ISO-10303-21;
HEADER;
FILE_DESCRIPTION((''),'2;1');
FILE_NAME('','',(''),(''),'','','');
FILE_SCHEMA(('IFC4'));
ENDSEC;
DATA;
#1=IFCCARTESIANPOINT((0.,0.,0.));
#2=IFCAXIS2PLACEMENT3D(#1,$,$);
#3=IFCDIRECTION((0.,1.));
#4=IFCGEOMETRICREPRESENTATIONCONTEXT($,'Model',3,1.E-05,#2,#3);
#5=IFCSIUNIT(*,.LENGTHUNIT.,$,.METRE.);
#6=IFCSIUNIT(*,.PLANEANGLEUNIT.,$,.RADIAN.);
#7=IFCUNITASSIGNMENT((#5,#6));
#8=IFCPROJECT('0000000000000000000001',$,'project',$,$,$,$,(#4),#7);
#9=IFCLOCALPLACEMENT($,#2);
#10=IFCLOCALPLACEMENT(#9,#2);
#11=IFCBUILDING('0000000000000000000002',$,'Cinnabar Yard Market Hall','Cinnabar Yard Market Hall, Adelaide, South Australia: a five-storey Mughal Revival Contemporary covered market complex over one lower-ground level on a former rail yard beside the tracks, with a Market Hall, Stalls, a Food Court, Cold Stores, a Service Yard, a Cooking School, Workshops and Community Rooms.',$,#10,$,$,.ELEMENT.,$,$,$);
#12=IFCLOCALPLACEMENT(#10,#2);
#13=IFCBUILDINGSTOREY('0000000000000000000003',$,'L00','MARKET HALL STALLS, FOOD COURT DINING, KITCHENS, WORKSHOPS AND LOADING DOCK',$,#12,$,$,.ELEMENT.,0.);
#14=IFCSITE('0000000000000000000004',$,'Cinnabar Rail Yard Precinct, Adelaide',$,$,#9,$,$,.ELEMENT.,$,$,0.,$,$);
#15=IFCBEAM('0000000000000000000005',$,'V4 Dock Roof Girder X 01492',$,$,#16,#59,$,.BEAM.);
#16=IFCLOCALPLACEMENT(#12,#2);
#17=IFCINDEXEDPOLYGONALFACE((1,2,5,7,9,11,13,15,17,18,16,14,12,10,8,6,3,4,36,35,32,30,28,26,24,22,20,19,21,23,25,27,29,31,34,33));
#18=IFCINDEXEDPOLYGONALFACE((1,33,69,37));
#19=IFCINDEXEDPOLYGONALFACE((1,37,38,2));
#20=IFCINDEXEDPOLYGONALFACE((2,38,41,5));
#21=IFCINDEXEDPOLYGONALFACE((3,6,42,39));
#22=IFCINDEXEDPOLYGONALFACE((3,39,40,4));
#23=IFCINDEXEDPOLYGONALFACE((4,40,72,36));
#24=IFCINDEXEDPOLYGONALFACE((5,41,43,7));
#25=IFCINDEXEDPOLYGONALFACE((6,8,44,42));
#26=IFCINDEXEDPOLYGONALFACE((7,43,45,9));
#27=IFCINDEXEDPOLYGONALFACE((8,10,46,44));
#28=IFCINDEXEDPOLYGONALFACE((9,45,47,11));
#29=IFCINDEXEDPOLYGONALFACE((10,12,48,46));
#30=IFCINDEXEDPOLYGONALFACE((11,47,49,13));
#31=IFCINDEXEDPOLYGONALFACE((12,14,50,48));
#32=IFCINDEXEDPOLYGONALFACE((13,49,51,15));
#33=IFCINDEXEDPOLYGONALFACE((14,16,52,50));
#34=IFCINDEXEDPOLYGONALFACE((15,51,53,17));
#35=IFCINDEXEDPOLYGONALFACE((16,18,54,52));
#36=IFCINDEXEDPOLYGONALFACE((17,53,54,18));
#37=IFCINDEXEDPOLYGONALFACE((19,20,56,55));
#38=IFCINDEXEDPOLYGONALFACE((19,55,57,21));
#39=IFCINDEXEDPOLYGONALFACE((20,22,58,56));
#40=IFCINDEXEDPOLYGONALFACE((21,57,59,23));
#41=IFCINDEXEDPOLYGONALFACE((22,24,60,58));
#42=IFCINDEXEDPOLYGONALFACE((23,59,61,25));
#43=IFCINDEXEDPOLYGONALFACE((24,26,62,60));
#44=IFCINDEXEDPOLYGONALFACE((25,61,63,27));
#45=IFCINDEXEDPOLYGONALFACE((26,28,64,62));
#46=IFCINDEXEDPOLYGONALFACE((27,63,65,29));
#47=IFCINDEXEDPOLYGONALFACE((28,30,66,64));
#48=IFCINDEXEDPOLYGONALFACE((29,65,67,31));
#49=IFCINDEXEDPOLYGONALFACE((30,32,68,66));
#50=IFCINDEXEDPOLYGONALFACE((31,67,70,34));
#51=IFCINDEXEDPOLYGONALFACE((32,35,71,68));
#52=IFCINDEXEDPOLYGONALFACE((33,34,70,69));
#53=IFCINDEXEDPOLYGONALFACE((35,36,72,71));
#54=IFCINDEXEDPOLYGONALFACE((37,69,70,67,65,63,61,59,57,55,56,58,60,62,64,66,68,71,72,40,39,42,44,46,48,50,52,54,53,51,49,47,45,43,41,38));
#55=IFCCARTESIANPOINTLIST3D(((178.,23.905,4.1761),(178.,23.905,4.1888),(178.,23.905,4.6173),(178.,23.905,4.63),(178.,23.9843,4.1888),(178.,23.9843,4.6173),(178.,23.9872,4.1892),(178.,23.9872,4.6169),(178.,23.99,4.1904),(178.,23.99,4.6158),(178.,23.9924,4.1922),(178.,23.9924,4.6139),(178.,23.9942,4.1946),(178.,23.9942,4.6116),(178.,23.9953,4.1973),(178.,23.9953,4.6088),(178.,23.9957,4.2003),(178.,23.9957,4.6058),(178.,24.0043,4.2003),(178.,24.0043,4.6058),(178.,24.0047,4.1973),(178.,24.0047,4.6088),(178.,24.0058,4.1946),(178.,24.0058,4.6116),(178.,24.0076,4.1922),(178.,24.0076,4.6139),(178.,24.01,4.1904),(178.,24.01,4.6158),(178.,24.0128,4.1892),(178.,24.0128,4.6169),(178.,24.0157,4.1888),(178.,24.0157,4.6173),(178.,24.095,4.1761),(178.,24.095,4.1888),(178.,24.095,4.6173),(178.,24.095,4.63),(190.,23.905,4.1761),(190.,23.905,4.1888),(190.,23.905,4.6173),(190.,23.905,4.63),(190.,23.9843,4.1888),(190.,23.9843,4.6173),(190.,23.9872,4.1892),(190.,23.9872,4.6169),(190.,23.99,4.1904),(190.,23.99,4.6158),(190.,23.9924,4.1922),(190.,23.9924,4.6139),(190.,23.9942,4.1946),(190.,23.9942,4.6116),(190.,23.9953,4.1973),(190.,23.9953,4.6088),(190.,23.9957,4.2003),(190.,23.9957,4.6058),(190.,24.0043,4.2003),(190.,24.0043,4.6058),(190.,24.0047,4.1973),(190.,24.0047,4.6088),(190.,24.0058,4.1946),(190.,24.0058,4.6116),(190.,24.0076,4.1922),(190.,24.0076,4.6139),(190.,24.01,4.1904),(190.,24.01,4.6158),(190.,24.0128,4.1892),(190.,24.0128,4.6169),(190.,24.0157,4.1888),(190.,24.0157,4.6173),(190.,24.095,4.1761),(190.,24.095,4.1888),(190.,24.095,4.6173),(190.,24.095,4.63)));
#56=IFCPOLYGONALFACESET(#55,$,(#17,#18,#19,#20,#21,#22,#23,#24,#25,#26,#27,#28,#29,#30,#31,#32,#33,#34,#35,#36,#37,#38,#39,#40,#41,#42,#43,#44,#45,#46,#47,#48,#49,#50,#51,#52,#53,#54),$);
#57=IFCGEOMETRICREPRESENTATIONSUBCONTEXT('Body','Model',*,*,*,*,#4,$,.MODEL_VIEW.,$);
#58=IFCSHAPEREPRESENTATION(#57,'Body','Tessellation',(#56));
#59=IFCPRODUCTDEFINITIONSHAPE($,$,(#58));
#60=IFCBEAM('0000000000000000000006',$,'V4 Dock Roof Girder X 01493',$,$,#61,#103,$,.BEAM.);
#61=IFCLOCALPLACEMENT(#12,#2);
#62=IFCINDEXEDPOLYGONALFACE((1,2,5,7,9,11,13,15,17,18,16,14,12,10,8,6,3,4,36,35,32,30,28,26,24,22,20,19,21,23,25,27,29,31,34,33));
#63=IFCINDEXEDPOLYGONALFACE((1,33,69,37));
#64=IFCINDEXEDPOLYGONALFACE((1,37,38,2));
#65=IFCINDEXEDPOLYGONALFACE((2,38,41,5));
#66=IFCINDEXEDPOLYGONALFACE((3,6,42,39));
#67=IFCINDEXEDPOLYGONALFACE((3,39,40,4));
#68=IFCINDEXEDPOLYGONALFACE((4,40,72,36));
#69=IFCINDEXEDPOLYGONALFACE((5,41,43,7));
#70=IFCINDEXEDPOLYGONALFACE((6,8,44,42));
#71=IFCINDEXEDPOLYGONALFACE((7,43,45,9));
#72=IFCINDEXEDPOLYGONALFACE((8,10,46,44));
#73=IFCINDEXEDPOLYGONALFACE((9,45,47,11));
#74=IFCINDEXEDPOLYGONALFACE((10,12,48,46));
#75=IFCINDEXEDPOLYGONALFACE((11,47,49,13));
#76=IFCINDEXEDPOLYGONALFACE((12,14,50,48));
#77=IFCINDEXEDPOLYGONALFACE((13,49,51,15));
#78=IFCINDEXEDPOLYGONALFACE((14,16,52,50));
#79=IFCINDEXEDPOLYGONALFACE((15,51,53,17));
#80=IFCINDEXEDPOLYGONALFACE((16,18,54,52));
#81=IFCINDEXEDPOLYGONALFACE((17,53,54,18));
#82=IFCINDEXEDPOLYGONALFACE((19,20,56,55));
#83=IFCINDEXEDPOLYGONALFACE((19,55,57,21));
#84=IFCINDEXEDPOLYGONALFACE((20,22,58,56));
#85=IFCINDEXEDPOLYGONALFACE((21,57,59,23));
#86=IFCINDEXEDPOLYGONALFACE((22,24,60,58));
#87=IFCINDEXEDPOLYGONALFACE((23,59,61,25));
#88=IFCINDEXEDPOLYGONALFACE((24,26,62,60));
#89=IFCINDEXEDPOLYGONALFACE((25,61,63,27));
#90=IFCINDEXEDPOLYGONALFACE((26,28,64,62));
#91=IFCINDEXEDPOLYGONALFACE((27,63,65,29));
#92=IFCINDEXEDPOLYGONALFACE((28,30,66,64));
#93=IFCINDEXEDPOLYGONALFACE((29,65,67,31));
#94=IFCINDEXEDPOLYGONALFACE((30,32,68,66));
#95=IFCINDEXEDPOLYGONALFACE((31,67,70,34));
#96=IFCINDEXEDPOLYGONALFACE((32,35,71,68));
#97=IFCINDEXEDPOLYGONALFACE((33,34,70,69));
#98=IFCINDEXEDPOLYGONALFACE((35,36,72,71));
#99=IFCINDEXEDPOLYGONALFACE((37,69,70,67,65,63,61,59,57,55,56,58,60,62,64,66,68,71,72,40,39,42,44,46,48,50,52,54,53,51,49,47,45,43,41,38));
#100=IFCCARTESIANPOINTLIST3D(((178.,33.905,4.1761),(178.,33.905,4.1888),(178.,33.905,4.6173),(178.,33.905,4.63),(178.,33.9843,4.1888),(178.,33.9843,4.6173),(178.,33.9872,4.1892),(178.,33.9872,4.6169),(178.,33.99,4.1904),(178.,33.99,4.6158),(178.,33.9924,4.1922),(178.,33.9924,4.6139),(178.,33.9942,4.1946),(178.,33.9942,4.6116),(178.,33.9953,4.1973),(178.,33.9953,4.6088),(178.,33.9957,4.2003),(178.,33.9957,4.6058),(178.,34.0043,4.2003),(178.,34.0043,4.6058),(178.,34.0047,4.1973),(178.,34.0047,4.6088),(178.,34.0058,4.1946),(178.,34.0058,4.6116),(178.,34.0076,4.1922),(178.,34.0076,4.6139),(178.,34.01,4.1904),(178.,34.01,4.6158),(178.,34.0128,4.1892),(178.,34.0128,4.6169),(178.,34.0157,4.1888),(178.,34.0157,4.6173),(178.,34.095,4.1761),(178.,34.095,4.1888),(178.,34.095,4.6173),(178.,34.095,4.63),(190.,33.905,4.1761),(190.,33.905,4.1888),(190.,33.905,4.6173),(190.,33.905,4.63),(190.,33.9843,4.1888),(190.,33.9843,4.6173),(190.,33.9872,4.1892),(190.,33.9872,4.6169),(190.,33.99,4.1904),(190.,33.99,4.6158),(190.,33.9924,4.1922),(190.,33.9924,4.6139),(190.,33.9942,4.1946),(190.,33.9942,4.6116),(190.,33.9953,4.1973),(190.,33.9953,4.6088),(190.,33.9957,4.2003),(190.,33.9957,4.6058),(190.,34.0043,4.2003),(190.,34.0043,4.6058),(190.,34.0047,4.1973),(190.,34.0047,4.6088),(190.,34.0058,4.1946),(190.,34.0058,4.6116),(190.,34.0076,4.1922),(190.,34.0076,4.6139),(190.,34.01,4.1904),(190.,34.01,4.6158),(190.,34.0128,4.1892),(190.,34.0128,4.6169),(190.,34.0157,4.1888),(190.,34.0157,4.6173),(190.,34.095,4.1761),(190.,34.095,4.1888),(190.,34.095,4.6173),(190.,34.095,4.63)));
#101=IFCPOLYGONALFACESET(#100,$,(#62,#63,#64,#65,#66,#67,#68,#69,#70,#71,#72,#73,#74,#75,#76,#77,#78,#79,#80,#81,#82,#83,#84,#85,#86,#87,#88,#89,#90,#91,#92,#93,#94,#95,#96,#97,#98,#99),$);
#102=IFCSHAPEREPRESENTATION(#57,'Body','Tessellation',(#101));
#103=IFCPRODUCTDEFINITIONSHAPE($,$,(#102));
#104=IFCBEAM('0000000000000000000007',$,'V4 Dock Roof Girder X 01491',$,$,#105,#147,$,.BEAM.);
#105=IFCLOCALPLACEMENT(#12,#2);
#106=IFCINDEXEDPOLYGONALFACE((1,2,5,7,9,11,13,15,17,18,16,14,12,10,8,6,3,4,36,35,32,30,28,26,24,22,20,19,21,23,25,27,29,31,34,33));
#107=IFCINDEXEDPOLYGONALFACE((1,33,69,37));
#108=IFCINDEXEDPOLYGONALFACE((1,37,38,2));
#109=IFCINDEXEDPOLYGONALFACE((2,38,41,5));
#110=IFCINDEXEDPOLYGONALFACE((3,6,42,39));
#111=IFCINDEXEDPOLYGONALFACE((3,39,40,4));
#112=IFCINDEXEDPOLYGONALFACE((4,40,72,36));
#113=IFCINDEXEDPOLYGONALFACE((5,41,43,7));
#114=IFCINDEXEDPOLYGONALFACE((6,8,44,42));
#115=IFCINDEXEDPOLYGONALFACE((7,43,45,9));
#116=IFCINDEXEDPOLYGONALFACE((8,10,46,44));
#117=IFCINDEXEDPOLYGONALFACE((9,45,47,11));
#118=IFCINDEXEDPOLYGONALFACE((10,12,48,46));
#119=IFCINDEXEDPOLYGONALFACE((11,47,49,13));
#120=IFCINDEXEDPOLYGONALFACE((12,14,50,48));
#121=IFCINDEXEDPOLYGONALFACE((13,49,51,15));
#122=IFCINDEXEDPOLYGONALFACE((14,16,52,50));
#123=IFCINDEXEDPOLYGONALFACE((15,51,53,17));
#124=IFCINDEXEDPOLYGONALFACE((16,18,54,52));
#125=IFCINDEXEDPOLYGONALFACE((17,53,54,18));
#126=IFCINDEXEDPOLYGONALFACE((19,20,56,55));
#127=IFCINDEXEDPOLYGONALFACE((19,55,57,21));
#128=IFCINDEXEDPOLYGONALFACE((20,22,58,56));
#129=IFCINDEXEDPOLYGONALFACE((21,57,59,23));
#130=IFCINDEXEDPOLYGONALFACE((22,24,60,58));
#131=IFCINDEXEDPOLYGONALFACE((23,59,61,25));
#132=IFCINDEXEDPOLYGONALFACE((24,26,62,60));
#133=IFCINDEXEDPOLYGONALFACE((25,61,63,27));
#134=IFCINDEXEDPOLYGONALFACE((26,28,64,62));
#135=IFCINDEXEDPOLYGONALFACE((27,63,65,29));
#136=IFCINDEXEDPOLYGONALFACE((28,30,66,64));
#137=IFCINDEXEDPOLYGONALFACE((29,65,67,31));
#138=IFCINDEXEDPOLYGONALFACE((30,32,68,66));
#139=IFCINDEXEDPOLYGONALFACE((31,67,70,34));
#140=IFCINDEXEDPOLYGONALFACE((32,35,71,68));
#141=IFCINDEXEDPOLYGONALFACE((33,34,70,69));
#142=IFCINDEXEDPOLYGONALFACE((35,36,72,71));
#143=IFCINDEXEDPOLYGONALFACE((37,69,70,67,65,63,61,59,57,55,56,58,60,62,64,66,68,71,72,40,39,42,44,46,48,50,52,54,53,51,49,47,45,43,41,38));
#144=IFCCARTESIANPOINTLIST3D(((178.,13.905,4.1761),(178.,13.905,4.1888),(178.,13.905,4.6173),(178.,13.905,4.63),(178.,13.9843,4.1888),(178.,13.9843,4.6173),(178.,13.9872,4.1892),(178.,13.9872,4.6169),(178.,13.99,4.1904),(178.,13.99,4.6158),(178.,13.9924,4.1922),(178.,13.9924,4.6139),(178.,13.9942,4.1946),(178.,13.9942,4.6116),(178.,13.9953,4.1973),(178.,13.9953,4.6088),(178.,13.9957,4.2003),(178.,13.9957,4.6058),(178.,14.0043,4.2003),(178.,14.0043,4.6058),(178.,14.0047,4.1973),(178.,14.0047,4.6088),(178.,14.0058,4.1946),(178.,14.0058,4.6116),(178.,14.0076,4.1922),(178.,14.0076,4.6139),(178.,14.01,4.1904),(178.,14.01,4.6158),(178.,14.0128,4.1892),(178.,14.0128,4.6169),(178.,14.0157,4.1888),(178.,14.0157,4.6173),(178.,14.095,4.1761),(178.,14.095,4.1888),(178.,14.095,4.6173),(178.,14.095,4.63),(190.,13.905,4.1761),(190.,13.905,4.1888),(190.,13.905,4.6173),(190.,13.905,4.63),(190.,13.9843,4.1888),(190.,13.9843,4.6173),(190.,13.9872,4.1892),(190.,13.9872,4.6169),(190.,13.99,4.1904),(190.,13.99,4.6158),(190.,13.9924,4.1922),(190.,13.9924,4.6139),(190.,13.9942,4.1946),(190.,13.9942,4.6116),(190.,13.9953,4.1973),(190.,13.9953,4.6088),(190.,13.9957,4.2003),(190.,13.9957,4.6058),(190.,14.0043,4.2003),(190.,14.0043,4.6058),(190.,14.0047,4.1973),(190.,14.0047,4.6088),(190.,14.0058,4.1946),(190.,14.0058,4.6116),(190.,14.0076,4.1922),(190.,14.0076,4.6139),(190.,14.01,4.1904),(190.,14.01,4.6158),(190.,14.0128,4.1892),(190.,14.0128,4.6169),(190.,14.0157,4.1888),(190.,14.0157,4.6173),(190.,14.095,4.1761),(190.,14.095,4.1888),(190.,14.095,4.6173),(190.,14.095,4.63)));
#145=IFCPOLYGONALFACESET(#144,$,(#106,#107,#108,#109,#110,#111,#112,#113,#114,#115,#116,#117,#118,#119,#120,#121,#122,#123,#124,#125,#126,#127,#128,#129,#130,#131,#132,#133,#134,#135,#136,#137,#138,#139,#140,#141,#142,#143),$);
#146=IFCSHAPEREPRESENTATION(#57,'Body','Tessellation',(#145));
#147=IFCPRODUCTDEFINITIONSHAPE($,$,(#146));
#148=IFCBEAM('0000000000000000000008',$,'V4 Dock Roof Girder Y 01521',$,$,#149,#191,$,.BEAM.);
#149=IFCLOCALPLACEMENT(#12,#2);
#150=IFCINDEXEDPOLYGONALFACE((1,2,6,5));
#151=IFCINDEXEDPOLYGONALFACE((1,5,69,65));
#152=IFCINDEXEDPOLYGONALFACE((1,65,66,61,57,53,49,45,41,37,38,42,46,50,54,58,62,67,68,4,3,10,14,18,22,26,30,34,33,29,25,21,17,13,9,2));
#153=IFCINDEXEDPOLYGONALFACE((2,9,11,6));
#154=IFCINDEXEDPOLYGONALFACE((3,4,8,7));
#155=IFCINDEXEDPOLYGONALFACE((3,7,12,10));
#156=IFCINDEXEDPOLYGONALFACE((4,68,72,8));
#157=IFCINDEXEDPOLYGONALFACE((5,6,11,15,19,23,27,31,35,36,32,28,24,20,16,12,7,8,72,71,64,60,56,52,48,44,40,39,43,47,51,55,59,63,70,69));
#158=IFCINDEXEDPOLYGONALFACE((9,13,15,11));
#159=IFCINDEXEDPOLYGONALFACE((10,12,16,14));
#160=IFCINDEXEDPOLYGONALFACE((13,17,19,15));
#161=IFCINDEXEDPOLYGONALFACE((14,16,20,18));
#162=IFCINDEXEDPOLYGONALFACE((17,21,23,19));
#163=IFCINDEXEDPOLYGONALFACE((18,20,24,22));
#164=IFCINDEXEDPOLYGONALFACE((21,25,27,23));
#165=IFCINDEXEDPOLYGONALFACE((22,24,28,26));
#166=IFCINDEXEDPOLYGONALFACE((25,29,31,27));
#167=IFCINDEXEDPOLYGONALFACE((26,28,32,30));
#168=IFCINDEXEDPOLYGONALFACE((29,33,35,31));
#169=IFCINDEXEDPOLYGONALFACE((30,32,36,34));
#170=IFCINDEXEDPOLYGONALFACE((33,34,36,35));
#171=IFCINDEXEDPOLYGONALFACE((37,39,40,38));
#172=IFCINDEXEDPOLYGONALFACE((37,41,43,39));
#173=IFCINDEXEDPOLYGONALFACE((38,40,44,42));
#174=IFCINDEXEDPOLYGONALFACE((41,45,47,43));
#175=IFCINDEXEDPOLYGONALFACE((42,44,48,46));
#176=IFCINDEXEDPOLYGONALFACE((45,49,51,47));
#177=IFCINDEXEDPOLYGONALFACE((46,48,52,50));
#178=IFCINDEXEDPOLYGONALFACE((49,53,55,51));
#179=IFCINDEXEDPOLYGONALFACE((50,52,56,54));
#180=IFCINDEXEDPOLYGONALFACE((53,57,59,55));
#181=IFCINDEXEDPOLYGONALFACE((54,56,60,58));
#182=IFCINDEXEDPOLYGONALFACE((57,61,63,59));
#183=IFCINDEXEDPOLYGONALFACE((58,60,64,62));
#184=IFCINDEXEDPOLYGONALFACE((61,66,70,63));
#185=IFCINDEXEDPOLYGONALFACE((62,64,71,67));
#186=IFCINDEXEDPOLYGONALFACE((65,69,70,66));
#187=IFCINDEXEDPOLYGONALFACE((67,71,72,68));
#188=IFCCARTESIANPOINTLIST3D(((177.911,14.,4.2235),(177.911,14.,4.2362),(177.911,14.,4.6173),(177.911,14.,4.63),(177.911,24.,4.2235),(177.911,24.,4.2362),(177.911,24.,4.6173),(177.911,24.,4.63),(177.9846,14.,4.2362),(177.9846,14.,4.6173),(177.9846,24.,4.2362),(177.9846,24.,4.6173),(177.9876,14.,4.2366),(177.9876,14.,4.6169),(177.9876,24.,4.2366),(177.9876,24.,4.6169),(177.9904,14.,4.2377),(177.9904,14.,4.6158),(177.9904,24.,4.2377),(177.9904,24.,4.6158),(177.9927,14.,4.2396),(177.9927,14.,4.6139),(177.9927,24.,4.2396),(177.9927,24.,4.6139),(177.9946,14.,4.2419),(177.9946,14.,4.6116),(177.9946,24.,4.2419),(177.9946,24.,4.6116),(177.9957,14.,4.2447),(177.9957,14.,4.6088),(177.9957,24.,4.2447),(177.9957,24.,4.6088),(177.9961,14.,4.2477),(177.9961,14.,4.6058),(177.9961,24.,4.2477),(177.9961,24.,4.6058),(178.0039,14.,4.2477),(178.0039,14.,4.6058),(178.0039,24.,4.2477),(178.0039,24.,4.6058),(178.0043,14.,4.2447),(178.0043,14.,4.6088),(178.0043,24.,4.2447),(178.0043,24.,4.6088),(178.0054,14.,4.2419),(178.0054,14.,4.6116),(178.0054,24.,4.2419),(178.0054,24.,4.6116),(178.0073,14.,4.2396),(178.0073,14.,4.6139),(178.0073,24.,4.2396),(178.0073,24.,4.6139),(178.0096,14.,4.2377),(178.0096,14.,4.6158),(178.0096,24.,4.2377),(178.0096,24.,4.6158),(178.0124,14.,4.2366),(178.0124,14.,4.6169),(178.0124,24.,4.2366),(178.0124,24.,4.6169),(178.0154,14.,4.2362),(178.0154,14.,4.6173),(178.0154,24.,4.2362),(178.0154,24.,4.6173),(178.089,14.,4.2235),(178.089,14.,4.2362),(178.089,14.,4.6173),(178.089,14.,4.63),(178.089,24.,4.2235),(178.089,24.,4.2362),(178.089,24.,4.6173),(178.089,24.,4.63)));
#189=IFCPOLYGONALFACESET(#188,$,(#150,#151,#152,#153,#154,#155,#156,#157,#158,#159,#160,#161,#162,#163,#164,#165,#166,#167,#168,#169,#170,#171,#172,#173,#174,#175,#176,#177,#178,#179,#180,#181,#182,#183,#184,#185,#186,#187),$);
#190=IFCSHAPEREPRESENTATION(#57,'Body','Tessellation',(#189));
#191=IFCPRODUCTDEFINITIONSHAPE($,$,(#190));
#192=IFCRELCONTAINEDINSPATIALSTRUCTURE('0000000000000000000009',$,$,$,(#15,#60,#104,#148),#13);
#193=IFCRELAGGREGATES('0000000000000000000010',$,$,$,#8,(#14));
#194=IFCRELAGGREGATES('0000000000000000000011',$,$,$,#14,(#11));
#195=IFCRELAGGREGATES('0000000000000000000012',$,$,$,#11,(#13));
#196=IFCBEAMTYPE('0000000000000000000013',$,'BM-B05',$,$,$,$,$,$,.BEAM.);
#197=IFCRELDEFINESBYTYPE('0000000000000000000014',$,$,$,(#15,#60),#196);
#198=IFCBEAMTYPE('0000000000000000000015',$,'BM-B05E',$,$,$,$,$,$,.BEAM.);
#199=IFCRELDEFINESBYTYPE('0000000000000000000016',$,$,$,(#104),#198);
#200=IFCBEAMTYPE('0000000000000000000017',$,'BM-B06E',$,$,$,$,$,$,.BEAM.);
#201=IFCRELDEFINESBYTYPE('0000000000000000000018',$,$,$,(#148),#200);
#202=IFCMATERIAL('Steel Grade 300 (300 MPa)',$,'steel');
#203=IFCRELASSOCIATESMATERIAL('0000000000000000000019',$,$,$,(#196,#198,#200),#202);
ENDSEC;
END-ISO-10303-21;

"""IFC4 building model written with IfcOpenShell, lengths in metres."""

from ifc_helpers import new_model, si_unit, direction, frame, origin, origin_2d_with_axis, place, context, subcontext, project, spatial, i_section, extrude, material, material_profile, profile_set, type_object, element, save


model = new_model("IFC4")

# Units and contexts
model_context = context("Model", 3, precision=1e-05, world=origin(), true_north=direction((0.0, 1.0)))
body_context = subcontext(model_context, "Body", "Model", "MODEL_VIEW")
ifc_project = project(units=[si_unit("LENGTHUNIT", "METRE"), si_unit("PLANEANGLEUNIT", "RADIAN")], contexts=[model_context])

# Site, building, storey
site_placement = place(None, origin())
site = spatial("IfcSite", under=ifc_project, at=site_placement, Name="Cinnabar Rail Yard Precinct, Adelaide", CompositionType="ELEMENT", RefElevation=0.0)
building_placement = place(site_placement, origin())
building = spatial("IfcBuilding", under=site, at=building_placement, Name="Cinnabar Yard Market Hall", Description="Cinnabar Yard Market Hall, Adelaide, South Australia: a five-storey Mughal Revival Contemporary covered market complex over one lower-ground level on a former rail yard beside the tracks, with a Market Hall, Stalls, a Food Court, Cold Stores, a Service Yard, a Cooking School, Workshops and Community Rooms.", CompositionType="ELEMENT")
storey_placement = place(building_placement, origin())
storey = spatial("IfcBuildingStorey", under=building, at=storey_placement, Name="L00", Description="MARKET HALL STALLS, FOOD COURT DINING, KITCHENS, WORKSHOPS AND LOADING DOCK", CompositionType="ELEMENT", Elevation=0.0)

# Shared definitions
ifc_material_1 = material(Name="Steel Grade 300 (300 MPa)", Category="steel")

# Beams
ifc_material_profile_1 = material_profile(ifc_material_1, i_section(OverallWidth=0.1899, OverallDepth=0.4539, WebThickness=0.0085, FlangeThickness=0.0127, FilletRadius=0.0115, at=origin_2d_with_axis()), Name="460UB67.1")
ifc_profile_set_1 = profile_set([ifc_material_profile_1], Name="Steel Grade 300 (300 MPa)")
beam_type_1 = type_object("IfcBeamType", Name="BM-B05", PredefinedType="BEAM", material=ifc_profile_set_1)
for number, where, z_axis, x_axis, name in (
    (1, (178.0, 24.0, 4.4031), (1.0, 0.0, 0.0), (0.0, 1.0, 0.0), "V4 Dock Roof Girder X 01492"),
    (2, (178.0, 34.0, 4.4031), (1.0, 0.0, 0.0), (0.0, 1.0, 0.0), "V4 Dock Roof Girder X 01493"),
):
    element("IfcBeam", number, at=place(storey_placement, frame(where, z_axis=z_axis, x_axis=x_axis)), inside=storey, type_object=beam_type_1, Name=name, PredefinedType="BEAM", context=body_context, shape_type="SweptSolid", body=[
        extrude(i_section(OverallWidth=0.1899, OverallDepth=0.4539, WebThickness=0.0085, FlangeThickness=0.0127, FilletRadius=0.0115, at=origin_2d_with_axis()), origin(), (0.0, 0.0, 1.0), 12.0),
    ])
ifc_material_profile_2 = material_profile(ifc_material_1, i_section(OverallWidth=0.1899, OverallDepth=0.4539, WebThickness=0.0085, FlangeThickness=0.0127, FilletRadius=0.0115, at=origin_2d_with_axis()), Name="460UB67.1")
ifc_profile_set_2 = profile_set([ifc_material_profile_2], Name="Steel Grade 300 (300 MPa)")
beam_type_2 = type_object("IfcBeamType", Name="BM-B05E", PredefinedType="BEAM", material=ifc_profile_set_2)
beam_1_placement = place(storey_placement, frame((178.0, 14.0, 4.4031), z_axis=(1.0, 0.0, 0.0), x_axis=(0.0, 1.0, 0.0)))
element("IfcBeam", 3, at=beam_1_placement, inside=storey, type_object=beam_type_2, Name="V4 Dock Roof Girder X 01491", PredefinedType="BEAM", context=body_context, shape_type="SweptSolid", body=[
    extrude(i_section(OverallWidth=0.1899, OverallDepth=0.4539, WebThickness=0.0085, FlangeThickness=0.0127, FilletRadius=0.0115, at=origin_2d_with_axis()), origin(), (0.0, 0.0, 1.0), 12.0),
])
ifc_material_profile_3 = material_profile(ifc_material_1, i_section(OverallWidth=0.178, OverallDepth=0.4065, WebThickness=0.0078, FlangeThickness=0.0127, FilletRadius=0.0115, at=origin_2d_with_axis()), Name="410UB59.7")
ifc_profile_set_3 = profile_set([ifc_material_profile_3], Name="Steel Grade 300 (300 MPa)")
beam_type_3 = type_object("IfcBeamType", Name="BM-B06E", PredefinedType="BEAM", material=ifc_profile_set_3)
for number, where, z_axis, x_axis, name in (
    (4, (178.0, 14.0, 4.4268), (0.0, 1.0, 0.0), (-1.0, 0.0, 0.0), "V4 Dock Roof Girder Y 01521"),
):
    element("IfcBeam", number, at=place(storey_placement, frame(where, z_axis=z_axis, x_axis=x_axis)), inside=storey, type_object=beam_type_3, Name=name, PredefinedType="BEAM", context=body_context, shape_type="SweptSolid", body=[
        extrude(i_section(OverallWidth=0.178, OverallDepth=0.4065, WebThickness=0.0078, FlangeThickness=0.0127, FilletRadius=0.0115, at=origin_2d_with_axis()), origin(), (0.0, 0.0, 1.0), 10.0),
    ])

save(model, "model.ifc")
